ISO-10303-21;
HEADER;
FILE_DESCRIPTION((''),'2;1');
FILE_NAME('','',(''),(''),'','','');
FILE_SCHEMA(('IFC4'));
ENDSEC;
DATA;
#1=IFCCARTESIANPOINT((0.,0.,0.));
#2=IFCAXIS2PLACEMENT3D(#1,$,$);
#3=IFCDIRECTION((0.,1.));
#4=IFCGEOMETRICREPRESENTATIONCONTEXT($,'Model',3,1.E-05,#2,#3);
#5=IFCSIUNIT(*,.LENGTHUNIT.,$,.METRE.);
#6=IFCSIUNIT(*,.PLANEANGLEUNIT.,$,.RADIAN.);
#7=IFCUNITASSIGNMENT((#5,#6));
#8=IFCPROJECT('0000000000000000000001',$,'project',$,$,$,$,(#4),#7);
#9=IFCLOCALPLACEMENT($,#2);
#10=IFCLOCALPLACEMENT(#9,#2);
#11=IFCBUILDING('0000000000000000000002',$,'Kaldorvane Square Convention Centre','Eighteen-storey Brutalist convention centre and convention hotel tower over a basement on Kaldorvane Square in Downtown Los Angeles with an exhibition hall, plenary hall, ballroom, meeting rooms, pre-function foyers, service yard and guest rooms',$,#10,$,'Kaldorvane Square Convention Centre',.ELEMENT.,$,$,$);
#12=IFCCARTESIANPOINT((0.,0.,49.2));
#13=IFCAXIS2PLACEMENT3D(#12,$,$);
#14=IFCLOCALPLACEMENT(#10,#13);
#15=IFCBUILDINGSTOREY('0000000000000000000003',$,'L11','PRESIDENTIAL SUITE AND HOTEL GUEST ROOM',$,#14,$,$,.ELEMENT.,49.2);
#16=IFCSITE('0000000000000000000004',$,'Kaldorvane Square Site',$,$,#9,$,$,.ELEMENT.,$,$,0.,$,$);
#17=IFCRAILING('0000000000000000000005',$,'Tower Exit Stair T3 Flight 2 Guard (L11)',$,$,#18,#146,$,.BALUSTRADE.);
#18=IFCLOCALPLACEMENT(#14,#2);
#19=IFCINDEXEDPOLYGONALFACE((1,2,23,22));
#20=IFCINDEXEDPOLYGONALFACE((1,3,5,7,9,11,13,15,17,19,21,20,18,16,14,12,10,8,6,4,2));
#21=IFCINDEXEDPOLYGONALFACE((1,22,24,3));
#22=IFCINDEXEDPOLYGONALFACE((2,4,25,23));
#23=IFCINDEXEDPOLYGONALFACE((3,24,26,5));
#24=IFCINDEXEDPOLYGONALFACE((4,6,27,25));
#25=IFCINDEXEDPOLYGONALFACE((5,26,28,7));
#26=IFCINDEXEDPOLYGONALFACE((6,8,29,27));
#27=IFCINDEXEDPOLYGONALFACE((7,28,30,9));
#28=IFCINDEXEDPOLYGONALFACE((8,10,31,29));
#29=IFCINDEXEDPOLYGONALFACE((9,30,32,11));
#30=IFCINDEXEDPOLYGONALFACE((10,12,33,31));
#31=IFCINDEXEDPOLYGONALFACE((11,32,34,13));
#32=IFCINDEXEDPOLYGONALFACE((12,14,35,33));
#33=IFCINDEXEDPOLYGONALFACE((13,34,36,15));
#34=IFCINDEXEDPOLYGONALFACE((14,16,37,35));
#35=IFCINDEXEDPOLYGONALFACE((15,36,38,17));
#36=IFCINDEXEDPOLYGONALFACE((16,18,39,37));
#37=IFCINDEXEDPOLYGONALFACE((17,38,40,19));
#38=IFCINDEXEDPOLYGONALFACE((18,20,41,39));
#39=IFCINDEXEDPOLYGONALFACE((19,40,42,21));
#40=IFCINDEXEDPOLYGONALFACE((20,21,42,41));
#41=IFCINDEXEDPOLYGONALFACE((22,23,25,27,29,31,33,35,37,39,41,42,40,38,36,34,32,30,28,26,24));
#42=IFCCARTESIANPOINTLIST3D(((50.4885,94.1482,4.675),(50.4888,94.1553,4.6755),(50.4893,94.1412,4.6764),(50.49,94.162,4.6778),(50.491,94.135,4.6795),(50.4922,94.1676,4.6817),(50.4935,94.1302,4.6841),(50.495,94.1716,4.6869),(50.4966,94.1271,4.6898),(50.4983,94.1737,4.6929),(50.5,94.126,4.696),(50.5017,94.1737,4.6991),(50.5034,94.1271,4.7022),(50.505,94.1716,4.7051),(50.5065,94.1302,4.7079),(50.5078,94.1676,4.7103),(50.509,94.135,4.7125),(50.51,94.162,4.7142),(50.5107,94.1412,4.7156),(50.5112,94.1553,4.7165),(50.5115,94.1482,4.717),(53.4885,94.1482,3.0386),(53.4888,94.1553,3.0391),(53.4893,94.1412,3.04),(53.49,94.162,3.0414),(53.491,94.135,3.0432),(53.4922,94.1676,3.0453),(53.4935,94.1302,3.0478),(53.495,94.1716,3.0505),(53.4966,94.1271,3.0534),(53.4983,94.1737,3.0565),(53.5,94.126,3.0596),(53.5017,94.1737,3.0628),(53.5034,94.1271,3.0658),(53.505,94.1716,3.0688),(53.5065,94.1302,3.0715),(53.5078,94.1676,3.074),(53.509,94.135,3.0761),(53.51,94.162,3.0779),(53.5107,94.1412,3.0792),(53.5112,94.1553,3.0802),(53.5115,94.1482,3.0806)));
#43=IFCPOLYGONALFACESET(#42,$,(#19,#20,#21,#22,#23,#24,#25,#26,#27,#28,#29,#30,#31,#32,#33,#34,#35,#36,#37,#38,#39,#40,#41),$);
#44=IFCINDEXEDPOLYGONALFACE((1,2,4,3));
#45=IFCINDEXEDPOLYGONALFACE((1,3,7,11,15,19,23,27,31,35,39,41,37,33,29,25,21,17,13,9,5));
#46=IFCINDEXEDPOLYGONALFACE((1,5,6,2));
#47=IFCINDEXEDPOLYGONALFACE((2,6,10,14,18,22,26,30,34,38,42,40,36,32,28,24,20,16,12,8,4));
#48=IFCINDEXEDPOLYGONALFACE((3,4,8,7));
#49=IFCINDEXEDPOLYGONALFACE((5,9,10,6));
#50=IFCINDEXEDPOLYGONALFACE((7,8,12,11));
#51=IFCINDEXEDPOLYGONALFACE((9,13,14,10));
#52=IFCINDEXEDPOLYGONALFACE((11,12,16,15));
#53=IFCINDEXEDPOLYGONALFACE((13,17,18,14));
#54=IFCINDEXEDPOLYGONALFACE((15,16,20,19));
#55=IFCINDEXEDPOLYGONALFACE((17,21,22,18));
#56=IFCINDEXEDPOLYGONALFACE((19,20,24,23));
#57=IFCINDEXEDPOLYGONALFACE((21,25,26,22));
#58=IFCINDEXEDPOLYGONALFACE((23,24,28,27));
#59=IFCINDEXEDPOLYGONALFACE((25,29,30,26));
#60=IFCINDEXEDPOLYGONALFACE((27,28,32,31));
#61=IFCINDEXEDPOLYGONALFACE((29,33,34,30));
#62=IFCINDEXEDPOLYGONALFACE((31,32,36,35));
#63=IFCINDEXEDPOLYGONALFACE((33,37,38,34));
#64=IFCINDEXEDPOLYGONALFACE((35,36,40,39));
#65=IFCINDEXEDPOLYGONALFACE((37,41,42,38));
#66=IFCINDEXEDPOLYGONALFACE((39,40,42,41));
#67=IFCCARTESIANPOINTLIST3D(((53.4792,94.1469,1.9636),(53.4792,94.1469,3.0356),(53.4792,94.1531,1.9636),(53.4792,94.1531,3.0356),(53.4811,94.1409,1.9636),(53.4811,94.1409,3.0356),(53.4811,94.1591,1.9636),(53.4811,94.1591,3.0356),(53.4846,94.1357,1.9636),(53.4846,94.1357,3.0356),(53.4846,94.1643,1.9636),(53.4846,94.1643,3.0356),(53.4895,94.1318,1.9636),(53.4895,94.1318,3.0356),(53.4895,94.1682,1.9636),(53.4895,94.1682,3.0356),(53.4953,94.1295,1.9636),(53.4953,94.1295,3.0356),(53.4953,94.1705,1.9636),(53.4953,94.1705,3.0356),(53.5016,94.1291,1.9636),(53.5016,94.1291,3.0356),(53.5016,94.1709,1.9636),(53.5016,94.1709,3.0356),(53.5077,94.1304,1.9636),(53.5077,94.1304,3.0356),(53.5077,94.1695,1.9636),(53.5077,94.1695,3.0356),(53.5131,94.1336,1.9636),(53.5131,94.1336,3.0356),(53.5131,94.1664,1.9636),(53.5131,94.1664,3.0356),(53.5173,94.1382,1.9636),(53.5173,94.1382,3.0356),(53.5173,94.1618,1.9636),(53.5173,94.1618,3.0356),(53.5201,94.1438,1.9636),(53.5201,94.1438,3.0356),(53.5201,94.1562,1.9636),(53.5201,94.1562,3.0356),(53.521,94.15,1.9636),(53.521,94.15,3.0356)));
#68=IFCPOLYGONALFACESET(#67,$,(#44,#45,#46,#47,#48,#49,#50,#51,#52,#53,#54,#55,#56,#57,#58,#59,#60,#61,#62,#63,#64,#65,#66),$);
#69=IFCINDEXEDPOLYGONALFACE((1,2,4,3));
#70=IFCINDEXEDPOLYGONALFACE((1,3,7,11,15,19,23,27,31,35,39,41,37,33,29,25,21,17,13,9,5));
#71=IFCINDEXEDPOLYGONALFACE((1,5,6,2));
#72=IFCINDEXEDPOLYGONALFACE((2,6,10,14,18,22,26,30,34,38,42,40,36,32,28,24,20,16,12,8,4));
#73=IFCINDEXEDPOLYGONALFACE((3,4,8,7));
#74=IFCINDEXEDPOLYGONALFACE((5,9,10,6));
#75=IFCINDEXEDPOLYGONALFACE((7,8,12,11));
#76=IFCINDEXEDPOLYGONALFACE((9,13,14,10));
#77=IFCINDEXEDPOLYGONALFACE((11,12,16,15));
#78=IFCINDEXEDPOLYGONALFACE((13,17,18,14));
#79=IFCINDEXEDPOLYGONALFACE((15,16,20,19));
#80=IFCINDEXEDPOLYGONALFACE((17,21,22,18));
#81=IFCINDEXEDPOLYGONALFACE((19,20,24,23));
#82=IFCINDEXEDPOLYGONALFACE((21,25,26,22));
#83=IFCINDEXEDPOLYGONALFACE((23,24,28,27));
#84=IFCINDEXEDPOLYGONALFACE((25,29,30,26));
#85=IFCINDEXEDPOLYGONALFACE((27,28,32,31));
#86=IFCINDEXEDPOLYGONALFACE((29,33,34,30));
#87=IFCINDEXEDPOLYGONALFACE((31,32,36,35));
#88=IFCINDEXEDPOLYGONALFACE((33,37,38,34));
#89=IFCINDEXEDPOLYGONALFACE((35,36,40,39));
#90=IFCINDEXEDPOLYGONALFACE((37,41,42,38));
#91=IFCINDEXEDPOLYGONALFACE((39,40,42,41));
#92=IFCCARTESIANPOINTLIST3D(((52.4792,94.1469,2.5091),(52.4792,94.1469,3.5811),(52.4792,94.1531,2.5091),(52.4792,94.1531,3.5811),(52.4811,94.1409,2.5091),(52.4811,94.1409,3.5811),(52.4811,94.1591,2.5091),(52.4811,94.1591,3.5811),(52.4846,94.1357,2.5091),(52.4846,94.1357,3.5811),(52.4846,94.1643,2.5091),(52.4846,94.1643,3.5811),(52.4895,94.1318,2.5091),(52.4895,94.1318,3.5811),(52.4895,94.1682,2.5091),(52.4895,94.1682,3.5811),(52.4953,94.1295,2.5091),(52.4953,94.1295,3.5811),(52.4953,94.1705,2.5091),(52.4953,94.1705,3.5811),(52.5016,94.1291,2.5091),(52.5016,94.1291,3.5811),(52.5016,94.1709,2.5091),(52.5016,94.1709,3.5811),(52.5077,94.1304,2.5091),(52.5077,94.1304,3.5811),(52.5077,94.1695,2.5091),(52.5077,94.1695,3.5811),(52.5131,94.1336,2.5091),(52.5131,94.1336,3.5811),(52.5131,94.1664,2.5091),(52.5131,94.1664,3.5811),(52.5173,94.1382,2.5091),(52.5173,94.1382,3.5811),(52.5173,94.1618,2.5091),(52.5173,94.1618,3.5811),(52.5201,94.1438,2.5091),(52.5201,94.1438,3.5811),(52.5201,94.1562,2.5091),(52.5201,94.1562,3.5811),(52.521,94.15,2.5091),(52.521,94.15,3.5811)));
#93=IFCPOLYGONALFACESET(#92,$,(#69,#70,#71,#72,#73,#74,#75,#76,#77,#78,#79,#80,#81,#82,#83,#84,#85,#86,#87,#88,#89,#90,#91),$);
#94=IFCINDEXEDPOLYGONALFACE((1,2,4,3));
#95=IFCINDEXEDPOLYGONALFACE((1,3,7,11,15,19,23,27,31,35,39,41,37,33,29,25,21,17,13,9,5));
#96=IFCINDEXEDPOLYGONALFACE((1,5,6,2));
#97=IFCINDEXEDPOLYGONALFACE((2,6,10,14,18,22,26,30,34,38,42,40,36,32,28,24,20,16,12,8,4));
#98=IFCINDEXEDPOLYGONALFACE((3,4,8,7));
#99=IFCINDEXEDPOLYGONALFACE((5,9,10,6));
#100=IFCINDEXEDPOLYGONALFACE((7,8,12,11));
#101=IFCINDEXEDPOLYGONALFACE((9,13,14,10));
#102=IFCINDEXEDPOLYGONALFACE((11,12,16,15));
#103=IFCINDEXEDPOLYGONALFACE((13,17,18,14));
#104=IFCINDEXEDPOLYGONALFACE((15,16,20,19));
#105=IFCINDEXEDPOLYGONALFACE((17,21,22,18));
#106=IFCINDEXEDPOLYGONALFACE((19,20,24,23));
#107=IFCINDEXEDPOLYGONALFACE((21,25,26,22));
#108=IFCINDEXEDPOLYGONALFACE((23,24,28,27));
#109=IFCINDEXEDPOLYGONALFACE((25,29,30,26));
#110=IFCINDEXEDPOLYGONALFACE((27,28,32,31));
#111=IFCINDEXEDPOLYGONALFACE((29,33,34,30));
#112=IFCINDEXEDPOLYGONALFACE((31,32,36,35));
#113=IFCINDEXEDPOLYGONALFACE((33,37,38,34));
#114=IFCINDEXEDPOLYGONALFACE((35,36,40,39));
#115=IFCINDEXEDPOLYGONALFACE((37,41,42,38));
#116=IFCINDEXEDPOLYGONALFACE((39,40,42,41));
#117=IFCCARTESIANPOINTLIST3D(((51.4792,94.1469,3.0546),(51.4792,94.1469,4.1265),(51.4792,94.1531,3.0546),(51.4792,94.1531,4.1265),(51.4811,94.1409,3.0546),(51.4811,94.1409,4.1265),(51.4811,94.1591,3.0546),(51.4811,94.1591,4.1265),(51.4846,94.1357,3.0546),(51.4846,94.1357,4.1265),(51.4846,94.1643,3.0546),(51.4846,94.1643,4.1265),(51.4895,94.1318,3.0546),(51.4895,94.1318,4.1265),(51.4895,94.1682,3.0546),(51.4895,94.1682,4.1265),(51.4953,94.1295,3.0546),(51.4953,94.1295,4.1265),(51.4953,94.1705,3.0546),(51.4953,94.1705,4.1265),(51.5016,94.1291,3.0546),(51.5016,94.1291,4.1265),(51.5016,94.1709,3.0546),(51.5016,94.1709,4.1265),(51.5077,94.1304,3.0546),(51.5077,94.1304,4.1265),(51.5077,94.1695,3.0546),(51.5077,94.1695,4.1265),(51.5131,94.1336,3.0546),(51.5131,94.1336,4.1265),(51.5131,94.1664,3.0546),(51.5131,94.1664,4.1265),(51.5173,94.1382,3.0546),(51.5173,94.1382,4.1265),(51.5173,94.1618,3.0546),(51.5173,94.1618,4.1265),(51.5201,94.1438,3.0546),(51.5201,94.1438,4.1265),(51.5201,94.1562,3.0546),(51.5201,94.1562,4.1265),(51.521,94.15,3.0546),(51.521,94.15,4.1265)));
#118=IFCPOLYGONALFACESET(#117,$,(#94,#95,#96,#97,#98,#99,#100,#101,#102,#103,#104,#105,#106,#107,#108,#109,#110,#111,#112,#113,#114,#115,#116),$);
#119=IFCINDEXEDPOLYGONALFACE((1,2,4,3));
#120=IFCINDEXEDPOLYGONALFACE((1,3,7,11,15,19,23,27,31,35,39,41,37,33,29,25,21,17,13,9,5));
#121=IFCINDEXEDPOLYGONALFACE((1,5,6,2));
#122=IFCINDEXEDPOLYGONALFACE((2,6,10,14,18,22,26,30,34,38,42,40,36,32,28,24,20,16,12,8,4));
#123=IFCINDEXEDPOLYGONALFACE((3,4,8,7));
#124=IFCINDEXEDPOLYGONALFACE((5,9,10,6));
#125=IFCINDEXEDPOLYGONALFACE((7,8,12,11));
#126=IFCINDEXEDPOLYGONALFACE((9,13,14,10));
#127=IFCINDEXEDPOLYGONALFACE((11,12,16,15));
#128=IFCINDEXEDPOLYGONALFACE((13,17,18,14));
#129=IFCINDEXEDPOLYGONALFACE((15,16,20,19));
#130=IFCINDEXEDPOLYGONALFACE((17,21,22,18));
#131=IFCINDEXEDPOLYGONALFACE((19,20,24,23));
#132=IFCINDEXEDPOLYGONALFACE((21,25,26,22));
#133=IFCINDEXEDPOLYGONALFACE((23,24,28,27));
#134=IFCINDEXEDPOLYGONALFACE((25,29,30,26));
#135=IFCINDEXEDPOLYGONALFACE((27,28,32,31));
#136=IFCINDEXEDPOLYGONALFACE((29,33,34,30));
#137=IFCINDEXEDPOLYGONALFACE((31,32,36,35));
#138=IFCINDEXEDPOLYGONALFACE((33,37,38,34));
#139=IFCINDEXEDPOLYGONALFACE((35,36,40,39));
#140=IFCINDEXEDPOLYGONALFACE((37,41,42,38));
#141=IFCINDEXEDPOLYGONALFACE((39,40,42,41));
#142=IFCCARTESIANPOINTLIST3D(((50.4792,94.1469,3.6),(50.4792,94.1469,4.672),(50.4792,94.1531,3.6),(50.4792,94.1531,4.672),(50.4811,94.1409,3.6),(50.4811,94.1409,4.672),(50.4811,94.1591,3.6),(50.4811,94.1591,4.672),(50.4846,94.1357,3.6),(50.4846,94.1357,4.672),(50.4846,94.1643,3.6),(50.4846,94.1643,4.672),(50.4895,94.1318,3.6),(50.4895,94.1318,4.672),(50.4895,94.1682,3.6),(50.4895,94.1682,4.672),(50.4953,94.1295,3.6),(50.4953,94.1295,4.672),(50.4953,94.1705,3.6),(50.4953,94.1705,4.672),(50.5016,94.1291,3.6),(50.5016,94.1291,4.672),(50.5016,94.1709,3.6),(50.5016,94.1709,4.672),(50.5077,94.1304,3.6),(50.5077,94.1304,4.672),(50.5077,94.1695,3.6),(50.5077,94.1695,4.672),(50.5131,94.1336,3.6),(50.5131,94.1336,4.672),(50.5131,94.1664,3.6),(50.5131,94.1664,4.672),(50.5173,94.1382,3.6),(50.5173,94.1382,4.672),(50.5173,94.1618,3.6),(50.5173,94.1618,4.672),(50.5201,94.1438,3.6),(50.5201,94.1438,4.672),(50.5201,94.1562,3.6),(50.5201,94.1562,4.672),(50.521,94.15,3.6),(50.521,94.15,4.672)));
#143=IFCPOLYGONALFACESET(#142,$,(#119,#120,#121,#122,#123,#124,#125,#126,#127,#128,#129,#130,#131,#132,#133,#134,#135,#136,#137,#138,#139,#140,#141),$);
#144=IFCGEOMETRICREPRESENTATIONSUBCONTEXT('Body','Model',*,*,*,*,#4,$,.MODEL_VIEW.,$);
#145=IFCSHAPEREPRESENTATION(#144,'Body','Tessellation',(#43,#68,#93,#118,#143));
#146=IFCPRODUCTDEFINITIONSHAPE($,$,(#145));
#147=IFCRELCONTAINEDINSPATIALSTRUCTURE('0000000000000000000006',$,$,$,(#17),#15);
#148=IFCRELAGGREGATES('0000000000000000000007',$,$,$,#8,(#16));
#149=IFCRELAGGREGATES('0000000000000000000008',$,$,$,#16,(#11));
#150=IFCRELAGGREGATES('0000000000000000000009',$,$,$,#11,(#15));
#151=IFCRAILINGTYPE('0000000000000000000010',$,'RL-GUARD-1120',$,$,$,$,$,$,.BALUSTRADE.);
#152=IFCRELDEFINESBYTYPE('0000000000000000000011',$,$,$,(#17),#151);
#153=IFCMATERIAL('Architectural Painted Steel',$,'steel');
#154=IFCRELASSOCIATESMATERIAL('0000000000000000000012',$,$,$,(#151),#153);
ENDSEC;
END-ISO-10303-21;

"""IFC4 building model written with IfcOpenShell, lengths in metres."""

from ifc_helpers import new_model, si_unit, direction, frame, origin, origin_2d, place, context, subcontext, project, spatial, circle, extrude, material, type_object, element, save


model = new_model("IFC4")

# Units and contexts
model_context = context("Model", 3, precision=1e-05, world=origin(), true_north=direction((0.0, 1.0)))
body_context = subcontext(model_context, "Body", "Model", "MODEL_VIEW")
ifc_project = project(units=[si_unit("LENGTHUNIT", "METRE"), si_unit("PLANEANGLEUNIT", "RADIAN")], contexts=[model_context])

# Site, building, storey
site_placement = place(None, origin())
site = spatial("IfcSite", under=ifc_project, at=site_placement, Name="Kaldorvane Square Site", CompositionType="ELEMENT", RefElevation=0.0)
building_placement = place(site_placement, origin())
building = spatial("IfcBuilding", under=site, at=building_placement, Name="Kaldorvane Square Convention Centre", Description="Eighteen-storey Brutalist convention centre and convention hotel tower over a basement on Kaldorvane Square in Downtown Los Angeles with an exhibition hall, plenary hall, ballroom, meeting rooms, pre-function foyers, service yard and guest rooms", LongName="Kaldorvane Square Convention Centre", CompositionType="ELEMENT")
storey_placement = place(building_placement, frame((0.0, 0.0, 49.2)))
storey = spatial("IfcBuildingStorey", under=building, at=storey_placement, Name="L11", Description="PRESIDENTIAL SUITE AND HOTEL GUEST ROOM", CompositionType="ELEMENT", Elevation=49.2)

# Railing
ifc_material_1 = material(Name="Architectural Painted Steel", Category="steel")
railing_type_1 = type_object("IfcRailingType", Name="RL-GUARD-1120", PredefinedType="BALUSTRADE", material=ifc_material_1)
railing_1_placement = place(storey_placement, frame((53.5, 94.15, 1.9636)))
element("IfcRailing", 1, at=railing_1_placement, inside=storey, type_object=railing_type_1, Name="Tower Exit Stair T3 Flight 2 Guard (L11)", PredefinedType="BALUSTRADE", context=body_context, shape_type="SweptSolid", body=[
    extrude(circle(Radius=0.024, at=origin_2d()), frame((0.0, 0.0, 1.096), z_axis=(-0.877895, 0.0, 0.478853), x_axis=(0.0, -1.0, 0.0)), (0.0, 0.0, 1.0), 3.4173),
    extrude(circle(Radius=0.021, at=origin_2d()), origin(), (0.0, 0.0, 1.0), 1.072),
    extrude(circle(Radius=0.021, at=origin_2d()), frame((-1.0, 0.0, 0.5455)), (0.0, 0.0, 1.0), 1.072),
    extrude(circle(Radius=0.021, at=origin_2d()), frame((-2.0, 0.0, 1.0909)), (0.0, 0.0, 1.0), 1.072),
    extrude(circle(Radius=0.021, at=origin_2d()), frame((-3.0, 0.0, 1.6364)), (0.0, 0.0, 1.0), 1.072),
])

save(model, "model.ifc")
